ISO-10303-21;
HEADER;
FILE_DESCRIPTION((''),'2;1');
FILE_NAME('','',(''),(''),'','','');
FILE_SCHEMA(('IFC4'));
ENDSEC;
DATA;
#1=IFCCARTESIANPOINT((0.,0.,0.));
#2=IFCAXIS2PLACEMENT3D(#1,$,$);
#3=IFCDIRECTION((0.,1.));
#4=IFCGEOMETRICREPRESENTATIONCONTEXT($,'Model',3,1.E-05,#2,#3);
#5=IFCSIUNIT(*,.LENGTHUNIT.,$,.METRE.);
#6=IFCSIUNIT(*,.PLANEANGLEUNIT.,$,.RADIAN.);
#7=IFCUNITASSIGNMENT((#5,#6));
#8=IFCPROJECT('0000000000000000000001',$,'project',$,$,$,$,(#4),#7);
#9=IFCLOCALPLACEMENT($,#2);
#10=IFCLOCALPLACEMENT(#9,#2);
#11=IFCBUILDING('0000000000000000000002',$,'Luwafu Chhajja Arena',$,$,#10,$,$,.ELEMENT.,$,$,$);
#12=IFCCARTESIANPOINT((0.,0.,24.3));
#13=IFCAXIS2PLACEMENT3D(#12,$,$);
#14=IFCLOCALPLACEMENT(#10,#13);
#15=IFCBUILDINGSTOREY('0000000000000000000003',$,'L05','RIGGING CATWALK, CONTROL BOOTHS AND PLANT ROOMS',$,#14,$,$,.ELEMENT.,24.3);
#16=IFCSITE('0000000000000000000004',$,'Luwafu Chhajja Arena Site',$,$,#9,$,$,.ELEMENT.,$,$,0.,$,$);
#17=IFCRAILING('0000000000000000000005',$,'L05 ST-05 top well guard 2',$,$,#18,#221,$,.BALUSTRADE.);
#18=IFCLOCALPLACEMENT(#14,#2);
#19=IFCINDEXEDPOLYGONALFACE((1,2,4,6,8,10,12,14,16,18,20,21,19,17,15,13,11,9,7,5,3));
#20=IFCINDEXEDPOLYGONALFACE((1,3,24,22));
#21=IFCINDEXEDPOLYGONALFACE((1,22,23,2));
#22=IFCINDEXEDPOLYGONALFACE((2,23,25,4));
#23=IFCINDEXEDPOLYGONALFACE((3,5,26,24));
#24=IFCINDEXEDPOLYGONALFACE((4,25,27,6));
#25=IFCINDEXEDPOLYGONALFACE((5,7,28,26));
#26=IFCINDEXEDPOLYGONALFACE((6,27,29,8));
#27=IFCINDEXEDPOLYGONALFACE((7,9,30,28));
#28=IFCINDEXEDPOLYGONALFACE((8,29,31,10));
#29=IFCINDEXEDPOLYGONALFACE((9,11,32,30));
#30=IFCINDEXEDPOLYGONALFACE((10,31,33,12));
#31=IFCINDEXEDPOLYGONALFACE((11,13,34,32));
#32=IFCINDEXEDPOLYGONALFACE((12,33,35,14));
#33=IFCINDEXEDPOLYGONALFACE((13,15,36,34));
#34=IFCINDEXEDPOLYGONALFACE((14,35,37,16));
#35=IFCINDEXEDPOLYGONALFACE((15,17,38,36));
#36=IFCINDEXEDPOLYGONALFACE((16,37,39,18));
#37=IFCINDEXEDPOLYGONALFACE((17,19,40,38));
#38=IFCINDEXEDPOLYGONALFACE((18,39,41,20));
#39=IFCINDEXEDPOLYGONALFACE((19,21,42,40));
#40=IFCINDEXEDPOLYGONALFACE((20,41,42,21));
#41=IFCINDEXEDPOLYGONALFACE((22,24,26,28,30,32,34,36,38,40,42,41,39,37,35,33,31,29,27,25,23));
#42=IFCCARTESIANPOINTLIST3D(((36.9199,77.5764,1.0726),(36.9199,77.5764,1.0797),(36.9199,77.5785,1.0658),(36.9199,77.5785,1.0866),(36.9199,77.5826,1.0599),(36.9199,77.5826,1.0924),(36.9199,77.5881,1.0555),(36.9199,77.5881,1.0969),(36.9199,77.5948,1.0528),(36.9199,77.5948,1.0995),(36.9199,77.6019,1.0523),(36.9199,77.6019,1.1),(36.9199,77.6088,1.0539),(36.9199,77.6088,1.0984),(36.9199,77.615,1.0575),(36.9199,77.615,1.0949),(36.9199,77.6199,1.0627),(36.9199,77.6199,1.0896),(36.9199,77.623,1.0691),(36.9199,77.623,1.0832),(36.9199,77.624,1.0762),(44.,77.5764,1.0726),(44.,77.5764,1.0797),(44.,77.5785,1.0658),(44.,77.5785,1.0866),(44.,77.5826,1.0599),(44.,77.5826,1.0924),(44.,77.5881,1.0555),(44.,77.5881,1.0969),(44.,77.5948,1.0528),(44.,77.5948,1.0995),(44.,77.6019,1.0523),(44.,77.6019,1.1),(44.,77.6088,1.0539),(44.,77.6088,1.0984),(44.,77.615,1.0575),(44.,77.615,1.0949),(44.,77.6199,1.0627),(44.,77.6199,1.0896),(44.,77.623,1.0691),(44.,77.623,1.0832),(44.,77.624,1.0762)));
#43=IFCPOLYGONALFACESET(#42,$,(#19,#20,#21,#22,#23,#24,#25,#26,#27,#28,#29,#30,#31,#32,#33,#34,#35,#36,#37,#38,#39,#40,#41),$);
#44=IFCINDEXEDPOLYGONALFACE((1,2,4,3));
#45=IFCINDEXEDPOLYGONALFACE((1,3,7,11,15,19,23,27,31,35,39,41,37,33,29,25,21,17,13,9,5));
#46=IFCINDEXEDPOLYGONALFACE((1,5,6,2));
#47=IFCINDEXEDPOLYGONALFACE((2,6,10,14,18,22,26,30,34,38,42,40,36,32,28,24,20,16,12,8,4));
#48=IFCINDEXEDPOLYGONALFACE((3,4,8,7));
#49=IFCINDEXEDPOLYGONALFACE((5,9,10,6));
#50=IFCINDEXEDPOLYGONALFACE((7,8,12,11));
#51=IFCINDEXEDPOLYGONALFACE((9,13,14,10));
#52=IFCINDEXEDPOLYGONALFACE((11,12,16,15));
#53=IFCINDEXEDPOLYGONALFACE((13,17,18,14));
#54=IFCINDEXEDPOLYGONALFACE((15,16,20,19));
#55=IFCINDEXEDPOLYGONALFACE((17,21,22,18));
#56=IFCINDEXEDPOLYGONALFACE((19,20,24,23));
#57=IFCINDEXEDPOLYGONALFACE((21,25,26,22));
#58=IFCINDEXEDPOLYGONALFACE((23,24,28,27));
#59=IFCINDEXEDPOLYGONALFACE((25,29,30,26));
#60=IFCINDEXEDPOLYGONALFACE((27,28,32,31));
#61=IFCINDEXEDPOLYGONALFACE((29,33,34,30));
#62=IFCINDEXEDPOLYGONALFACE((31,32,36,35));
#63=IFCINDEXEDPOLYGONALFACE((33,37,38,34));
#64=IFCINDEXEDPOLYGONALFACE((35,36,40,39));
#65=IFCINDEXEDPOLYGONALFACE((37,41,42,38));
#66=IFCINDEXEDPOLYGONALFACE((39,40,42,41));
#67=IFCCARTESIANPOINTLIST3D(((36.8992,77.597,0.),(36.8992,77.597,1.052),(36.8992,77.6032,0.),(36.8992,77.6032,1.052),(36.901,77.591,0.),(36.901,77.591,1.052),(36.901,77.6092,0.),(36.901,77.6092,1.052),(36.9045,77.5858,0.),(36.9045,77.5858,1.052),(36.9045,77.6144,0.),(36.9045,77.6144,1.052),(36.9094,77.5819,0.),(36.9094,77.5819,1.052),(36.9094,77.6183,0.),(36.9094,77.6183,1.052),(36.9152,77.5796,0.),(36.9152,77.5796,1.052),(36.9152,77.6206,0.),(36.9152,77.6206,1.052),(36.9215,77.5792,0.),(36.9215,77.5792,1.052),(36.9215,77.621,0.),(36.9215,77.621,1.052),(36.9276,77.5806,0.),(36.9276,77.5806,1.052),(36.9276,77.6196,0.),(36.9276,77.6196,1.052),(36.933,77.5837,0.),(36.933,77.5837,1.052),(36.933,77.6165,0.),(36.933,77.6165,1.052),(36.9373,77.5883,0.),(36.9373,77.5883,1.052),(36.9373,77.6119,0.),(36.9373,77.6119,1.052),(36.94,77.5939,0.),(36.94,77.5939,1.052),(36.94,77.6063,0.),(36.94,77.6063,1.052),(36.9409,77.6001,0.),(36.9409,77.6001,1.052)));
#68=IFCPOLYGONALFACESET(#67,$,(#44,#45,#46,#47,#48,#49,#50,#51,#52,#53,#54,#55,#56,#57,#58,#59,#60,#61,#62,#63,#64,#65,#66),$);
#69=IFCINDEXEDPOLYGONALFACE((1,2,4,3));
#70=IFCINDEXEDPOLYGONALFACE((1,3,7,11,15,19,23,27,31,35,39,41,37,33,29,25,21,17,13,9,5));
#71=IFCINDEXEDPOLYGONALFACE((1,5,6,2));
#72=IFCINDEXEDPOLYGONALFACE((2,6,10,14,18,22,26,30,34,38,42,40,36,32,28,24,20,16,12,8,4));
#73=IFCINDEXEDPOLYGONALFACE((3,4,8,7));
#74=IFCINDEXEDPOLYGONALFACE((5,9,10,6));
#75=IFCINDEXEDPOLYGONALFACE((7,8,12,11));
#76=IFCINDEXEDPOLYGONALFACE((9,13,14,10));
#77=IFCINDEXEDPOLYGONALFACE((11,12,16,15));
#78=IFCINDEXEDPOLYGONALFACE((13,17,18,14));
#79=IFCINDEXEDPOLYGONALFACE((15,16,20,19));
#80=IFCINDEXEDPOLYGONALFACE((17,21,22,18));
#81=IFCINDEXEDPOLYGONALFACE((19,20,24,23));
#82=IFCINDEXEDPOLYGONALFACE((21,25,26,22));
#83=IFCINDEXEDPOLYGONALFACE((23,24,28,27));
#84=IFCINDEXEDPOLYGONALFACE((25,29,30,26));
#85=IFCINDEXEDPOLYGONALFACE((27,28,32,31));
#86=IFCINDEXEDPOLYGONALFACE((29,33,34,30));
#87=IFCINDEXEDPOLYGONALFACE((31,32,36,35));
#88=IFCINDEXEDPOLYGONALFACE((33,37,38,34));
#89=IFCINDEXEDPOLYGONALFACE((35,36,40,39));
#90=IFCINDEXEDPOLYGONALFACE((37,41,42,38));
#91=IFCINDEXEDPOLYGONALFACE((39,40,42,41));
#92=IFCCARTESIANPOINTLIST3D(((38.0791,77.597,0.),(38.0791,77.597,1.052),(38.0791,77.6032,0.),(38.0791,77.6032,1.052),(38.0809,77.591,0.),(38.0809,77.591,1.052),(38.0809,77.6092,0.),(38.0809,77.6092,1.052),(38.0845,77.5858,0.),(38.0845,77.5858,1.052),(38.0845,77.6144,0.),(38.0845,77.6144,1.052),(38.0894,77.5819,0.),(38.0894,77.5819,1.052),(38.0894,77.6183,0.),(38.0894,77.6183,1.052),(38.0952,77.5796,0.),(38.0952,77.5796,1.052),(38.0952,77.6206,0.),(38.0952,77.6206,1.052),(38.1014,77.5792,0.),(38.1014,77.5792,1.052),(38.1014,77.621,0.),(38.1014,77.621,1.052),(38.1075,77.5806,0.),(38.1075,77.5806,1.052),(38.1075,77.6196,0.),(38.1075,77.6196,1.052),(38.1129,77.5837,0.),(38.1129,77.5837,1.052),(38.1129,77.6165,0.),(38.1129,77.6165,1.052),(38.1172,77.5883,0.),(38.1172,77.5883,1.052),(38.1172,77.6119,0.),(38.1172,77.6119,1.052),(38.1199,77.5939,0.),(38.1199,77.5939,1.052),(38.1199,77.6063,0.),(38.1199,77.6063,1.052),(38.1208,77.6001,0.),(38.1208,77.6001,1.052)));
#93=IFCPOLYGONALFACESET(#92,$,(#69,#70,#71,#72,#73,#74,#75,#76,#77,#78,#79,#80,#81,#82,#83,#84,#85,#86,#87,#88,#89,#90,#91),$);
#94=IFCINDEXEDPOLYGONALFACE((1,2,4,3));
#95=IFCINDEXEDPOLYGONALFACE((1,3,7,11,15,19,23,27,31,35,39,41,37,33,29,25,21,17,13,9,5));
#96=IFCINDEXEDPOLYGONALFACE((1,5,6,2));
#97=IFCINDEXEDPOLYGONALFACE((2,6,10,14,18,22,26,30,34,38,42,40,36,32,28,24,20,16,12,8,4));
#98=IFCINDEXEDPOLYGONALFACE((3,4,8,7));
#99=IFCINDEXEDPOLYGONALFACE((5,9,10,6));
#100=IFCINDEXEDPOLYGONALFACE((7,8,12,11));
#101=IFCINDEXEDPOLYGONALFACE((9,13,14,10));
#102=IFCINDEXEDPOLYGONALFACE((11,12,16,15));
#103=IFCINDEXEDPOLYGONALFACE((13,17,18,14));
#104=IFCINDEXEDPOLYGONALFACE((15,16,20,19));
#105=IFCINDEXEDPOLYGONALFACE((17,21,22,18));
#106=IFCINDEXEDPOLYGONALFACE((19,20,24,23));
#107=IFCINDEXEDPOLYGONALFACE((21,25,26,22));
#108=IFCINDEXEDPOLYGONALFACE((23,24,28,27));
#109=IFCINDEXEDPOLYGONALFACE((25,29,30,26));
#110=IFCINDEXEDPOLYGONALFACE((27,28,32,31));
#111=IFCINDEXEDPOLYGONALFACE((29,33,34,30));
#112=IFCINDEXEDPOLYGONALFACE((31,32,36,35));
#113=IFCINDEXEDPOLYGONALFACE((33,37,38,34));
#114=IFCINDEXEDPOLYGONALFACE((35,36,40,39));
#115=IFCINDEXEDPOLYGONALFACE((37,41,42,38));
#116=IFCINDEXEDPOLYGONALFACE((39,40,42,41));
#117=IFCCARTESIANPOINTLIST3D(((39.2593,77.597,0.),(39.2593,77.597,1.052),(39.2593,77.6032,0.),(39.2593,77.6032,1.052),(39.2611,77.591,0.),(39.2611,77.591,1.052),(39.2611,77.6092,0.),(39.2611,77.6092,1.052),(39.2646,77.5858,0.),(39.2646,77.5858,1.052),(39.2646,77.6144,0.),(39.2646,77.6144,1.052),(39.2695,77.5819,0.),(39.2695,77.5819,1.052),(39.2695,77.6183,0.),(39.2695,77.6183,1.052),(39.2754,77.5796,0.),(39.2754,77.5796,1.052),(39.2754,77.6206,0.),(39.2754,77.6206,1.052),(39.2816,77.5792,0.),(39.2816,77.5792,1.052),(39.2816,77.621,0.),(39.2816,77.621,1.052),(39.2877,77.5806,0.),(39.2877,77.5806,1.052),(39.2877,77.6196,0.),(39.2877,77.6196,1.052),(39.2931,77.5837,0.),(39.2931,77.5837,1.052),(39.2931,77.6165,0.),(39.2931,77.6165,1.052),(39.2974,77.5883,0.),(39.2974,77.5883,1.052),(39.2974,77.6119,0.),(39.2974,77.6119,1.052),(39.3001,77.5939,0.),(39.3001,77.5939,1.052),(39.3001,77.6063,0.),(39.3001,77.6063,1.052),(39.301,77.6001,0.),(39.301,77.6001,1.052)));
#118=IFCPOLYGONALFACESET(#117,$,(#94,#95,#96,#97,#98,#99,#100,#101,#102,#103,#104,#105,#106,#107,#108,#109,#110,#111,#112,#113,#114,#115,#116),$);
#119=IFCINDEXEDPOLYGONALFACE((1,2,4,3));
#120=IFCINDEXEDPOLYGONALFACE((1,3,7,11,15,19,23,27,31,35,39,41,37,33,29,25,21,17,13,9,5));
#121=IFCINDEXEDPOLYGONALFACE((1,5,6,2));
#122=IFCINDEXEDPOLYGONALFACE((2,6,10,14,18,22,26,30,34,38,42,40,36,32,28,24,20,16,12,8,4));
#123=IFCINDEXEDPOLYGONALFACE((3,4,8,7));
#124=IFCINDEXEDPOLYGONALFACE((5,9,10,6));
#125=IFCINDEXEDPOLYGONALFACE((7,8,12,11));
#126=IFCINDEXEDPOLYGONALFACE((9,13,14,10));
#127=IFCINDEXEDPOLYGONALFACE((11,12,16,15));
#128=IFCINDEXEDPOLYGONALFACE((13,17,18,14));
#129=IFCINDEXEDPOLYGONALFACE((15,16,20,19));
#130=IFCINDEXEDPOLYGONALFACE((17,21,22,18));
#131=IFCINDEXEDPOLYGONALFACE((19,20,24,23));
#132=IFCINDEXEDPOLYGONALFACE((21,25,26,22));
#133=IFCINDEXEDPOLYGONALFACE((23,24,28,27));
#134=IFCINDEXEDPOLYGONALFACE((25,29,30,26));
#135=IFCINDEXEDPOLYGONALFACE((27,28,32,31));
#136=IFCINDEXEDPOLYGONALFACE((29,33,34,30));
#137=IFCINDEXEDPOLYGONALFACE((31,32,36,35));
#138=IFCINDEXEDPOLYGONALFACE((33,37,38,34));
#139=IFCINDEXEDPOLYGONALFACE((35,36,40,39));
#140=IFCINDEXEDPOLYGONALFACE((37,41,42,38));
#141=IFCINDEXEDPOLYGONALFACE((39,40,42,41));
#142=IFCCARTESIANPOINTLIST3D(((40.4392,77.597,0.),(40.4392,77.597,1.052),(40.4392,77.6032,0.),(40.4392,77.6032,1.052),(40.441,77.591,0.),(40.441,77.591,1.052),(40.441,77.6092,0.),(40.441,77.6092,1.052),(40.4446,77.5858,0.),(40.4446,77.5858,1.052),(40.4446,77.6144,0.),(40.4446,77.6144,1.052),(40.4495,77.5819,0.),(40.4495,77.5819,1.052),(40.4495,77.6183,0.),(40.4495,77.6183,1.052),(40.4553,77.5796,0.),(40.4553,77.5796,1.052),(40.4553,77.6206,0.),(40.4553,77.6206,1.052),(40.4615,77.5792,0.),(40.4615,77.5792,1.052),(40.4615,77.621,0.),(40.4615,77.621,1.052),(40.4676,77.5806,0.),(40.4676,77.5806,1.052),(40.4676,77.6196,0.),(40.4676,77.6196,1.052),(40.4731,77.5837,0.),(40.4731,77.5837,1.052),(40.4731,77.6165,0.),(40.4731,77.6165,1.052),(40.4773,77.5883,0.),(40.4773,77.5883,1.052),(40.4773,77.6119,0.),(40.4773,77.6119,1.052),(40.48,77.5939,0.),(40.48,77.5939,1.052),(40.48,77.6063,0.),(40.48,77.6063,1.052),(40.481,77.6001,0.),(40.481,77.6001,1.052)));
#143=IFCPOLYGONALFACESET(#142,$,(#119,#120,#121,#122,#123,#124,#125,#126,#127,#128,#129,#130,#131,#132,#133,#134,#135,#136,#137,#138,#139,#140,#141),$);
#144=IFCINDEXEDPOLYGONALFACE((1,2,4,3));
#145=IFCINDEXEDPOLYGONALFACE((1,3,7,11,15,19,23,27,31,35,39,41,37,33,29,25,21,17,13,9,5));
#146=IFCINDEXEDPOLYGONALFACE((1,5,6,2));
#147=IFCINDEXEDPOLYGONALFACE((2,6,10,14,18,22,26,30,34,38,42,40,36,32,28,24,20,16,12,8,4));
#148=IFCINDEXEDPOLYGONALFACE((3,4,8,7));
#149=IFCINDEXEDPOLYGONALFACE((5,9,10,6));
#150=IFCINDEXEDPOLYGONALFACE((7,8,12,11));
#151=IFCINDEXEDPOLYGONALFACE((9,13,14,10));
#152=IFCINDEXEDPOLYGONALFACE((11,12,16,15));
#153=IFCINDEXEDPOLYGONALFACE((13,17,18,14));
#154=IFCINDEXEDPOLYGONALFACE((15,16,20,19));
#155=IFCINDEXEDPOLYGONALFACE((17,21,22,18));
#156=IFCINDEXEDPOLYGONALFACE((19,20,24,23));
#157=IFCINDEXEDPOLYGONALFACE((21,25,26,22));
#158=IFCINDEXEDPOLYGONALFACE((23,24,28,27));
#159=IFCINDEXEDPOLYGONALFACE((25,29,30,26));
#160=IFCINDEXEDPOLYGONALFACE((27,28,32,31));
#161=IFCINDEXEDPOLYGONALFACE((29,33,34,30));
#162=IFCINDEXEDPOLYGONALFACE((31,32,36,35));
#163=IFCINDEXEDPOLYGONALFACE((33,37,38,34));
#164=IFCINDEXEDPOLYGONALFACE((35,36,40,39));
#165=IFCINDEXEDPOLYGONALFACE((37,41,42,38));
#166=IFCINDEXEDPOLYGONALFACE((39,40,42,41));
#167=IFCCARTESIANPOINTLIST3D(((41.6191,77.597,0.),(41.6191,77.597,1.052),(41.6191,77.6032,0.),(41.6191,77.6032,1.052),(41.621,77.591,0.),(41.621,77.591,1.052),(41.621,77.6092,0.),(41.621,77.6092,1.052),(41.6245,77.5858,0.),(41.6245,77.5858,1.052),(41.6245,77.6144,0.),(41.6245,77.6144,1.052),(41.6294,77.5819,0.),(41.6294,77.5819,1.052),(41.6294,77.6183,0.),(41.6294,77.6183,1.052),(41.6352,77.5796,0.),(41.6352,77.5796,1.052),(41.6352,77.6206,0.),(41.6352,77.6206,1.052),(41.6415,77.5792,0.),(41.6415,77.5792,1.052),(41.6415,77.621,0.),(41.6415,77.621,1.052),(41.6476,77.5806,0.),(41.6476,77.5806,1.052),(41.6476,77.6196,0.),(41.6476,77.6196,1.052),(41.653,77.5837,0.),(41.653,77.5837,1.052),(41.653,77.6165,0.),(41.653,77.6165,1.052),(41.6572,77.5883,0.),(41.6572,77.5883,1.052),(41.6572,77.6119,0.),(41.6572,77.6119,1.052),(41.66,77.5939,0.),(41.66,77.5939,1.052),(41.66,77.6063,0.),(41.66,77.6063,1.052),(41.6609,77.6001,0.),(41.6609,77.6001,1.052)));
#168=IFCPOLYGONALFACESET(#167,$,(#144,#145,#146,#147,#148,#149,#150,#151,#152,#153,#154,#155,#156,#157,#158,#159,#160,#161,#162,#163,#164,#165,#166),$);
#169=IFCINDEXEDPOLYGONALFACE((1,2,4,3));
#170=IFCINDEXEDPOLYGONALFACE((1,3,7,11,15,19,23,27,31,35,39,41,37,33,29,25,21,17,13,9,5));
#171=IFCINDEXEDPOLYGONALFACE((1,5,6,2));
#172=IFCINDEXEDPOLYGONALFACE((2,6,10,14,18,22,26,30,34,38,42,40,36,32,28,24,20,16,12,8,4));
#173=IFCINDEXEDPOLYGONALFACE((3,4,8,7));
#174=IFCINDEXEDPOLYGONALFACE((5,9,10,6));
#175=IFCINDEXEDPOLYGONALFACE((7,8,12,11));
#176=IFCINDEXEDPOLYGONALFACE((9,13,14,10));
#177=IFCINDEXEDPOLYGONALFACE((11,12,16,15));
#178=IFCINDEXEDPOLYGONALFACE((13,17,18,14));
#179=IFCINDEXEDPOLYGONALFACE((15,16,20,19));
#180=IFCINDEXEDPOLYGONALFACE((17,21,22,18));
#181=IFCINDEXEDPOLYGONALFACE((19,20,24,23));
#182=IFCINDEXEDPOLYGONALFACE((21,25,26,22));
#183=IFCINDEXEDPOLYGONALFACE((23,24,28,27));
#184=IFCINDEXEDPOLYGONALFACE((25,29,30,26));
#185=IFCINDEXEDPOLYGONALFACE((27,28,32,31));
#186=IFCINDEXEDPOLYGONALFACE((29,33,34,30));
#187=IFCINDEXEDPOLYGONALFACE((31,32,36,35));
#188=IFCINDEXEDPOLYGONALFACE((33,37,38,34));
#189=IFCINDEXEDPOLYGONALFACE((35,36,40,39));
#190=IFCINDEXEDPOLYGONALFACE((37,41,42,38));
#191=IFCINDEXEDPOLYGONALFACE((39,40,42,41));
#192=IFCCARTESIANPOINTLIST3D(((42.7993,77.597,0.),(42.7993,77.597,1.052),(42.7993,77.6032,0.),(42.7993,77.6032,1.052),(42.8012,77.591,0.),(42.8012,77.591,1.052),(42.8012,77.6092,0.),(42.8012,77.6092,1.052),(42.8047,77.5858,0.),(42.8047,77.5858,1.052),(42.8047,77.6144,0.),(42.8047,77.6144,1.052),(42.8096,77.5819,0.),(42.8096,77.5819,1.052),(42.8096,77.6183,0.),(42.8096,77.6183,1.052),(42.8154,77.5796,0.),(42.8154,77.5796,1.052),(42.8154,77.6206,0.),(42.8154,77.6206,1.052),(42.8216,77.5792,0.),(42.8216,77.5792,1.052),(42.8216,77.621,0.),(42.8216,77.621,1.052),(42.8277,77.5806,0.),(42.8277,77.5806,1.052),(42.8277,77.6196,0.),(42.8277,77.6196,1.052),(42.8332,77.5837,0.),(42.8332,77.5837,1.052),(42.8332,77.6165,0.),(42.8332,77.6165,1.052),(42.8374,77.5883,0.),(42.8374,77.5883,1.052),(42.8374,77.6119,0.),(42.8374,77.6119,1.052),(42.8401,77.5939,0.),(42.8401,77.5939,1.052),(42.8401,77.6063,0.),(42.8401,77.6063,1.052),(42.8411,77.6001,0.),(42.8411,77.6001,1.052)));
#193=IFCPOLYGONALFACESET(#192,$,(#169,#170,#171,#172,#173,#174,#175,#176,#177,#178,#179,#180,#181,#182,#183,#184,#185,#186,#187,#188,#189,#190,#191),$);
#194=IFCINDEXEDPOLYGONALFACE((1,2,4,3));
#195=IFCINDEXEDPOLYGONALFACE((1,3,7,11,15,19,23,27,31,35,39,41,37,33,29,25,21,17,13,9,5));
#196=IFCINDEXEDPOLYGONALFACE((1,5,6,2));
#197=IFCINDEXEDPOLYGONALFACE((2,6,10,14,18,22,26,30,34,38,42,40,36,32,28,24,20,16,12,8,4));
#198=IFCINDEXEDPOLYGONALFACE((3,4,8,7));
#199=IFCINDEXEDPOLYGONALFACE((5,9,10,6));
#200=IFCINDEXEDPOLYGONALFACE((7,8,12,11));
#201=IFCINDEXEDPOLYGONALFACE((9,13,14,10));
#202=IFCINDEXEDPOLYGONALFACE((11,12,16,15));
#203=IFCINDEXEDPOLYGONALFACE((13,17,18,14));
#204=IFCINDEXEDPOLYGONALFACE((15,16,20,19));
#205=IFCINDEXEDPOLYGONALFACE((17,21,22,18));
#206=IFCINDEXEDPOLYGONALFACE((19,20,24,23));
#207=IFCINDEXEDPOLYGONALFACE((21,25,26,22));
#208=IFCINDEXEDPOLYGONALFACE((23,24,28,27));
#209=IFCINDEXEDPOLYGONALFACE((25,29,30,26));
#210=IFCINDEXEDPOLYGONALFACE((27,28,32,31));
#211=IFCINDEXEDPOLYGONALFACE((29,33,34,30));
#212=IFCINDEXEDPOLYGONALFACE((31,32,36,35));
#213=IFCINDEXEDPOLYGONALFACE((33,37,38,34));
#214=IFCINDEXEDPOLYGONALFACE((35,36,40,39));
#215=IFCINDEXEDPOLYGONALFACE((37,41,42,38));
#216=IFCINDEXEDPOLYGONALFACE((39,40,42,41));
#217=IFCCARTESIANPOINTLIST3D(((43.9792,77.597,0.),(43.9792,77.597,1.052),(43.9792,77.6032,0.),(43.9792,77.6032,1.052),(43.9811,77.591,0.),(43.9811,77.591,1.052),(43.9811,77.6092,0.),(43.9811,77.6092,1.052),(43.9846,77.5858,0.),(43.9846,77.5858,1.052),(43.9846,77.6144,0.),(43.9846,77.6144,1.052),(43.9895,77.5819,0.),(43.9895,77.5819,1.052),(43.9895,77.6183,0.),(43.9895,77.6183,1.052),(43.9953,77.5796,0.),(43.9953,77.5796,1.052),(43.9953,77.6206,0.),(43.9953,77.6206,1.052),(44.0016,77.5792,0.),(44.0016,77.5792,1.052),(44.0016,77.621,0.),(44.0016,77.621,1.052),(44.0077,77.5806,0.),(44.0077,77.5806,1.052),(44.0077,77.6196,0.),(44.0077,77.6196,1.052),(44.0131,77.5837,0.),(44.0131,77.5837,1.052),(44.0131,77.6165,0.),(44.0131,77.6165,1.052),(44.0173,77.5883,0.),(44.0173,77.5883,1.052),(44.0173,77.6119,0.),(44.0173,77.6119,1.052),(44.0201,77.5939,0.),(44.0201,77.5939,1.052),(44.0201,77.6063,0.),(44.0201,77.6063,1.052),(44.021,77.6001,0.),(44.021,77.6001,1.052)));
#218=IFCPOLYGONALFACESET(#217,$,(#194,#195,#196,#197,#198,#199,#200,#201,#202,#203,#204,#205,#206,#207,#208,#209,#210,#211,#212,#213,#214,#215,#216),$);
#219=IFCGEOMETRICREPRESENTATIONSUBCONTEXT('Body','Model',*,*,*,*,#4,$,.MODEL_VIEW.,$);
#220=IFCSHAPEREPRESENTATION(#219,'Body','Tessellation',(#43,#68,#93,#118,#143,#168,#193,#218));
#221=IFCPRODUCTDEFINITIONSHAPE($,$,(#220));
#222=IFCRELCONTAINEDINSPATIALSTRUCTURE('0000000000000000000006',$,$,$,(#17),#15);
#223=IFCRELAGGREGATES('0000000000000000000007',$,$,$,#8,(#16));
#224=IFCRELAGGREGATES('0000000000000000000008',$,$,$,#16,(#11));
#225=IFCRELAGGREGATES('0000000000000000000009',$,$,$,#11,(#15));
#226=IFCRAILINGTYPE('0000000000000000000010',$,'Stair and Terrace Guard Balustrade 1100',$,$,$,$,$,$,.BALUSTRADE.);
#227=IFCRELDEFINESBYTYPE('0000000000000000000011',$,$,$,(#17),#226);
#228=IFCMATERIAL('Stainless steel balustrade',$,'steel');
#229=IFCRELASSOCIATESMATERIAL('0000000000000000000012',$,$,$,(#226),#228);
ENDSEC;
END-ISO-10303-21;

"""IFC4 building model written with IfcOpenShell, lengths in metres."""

from ifc_helpers import new_model, si_unit, direction, frame, origin, origin_2d, place, context, subcontext, project, spatial, circle, extrude, material, type_object, element, save


model = new_model("IFC4")

# Units and contexts
model_context = context("Model", 3, precision=1e-05, world=origin(), true_north=direction((0.0, 1.0)))
body_context = subcontext(model_context, "Body", "Model", "MODEL_VIEW")
ifc_project = project(units=[si_unit("LENGTHUNIT", "METRE"), si_unit("PLANEANGLEUNIT", "RADIAN")], contexts=[model_context])

# Site, building, storey
site_placement = place(None, origin())
site = spatial("IfcSite", under=ifc_project, at=site_placement, Name="Luwafu Chhajja Arena Site", CompositionType="ELEMENT", RefElevation=0.0)
building_placement = place(site_placement, origin())
building = spatial("IfcBuilding", under=site, at=building_placement, Name="Luwafu Chhajja Arena", CompositionType="ELEMENT")
storey_placement = place(building_placement, frame((0.0, 0.0, 24.3)))
storey = spatial("IfcBuildingStorey", under=building, at=storey_placement, Name="L05", Description="RIGGING CATWALK, CONTROL BOOTHS AND PLANT ROOMS", CompositionType="ELEMENT", Elevation=24.3)

# Railing
ifc_material_1 = material(Name="Stainless steel balustrade", Category="steel")
railing_type = type_object("IfcRailingType", Name="Stair and Terrace Guard Balustrade 1100", PredefinedType="BALUSTRADE", material=ifc_material_1)
railing_1_placement = place(storey_placement, frame((36.9199, 77.6001, 0.0)))
element("IfcRailing", 1, at=railing_1_placement, inside=storey, type_object=railing_type, Name="L05 ST-05 top well guard 2", PredefinedType="BALUSTRADE", context=body_context, shape_type="SweptSolid", body=[
    extrude(circle(Radius=0.0239, at=origin_2d()), frame((0.0, 0.0, 1.0762), z_axis=(1.0, 0.0, 0.0), x_axis=(0.0, 1.0, 0.0)), (0.0, 0.0, 1.0), 7.0801),
    extrude(circle(Radius=0.021, at=origin_2d()), origin(), (0.0, 0.0, 1.0), 1.052),
    extrude(circle(Radius=0.021, at=origin_2d()), frame((1.1799, 0.0, 0.0)), (0.0, 0.0, 1.0), 1.052),
    extrude(circle(Radius=0.021, at=origin_2d()), frame((2.3601, 0.0, 0.0)), (0.0, 0.0, 1.0), 1.052),
    extrude(circle(Radius=0.021, at=origin_2d()), frame((3.54, 0.0, 0.0)), (0.0, 0.0, 1.0), 1.052),
    extrude(circle(Radius=0.021, at=origin_2d()), frame((4.72, 0.0, 0.0)), (0.0, 0.0, 1.0), 1.052),
    extrude(circle(Radius=0.021, at=origin_2d()), frame((5.9001, 0.0, 0.0)), (0.0, 0.0, 1.0), 1.052),
    extrude(circle(Radius=0.021, at=origin_2d()), frame((7.0801, 0.0, 0.0)), (0.0, 0.0, 1.0), 1.052),
])

save(model, "model.ifc")
